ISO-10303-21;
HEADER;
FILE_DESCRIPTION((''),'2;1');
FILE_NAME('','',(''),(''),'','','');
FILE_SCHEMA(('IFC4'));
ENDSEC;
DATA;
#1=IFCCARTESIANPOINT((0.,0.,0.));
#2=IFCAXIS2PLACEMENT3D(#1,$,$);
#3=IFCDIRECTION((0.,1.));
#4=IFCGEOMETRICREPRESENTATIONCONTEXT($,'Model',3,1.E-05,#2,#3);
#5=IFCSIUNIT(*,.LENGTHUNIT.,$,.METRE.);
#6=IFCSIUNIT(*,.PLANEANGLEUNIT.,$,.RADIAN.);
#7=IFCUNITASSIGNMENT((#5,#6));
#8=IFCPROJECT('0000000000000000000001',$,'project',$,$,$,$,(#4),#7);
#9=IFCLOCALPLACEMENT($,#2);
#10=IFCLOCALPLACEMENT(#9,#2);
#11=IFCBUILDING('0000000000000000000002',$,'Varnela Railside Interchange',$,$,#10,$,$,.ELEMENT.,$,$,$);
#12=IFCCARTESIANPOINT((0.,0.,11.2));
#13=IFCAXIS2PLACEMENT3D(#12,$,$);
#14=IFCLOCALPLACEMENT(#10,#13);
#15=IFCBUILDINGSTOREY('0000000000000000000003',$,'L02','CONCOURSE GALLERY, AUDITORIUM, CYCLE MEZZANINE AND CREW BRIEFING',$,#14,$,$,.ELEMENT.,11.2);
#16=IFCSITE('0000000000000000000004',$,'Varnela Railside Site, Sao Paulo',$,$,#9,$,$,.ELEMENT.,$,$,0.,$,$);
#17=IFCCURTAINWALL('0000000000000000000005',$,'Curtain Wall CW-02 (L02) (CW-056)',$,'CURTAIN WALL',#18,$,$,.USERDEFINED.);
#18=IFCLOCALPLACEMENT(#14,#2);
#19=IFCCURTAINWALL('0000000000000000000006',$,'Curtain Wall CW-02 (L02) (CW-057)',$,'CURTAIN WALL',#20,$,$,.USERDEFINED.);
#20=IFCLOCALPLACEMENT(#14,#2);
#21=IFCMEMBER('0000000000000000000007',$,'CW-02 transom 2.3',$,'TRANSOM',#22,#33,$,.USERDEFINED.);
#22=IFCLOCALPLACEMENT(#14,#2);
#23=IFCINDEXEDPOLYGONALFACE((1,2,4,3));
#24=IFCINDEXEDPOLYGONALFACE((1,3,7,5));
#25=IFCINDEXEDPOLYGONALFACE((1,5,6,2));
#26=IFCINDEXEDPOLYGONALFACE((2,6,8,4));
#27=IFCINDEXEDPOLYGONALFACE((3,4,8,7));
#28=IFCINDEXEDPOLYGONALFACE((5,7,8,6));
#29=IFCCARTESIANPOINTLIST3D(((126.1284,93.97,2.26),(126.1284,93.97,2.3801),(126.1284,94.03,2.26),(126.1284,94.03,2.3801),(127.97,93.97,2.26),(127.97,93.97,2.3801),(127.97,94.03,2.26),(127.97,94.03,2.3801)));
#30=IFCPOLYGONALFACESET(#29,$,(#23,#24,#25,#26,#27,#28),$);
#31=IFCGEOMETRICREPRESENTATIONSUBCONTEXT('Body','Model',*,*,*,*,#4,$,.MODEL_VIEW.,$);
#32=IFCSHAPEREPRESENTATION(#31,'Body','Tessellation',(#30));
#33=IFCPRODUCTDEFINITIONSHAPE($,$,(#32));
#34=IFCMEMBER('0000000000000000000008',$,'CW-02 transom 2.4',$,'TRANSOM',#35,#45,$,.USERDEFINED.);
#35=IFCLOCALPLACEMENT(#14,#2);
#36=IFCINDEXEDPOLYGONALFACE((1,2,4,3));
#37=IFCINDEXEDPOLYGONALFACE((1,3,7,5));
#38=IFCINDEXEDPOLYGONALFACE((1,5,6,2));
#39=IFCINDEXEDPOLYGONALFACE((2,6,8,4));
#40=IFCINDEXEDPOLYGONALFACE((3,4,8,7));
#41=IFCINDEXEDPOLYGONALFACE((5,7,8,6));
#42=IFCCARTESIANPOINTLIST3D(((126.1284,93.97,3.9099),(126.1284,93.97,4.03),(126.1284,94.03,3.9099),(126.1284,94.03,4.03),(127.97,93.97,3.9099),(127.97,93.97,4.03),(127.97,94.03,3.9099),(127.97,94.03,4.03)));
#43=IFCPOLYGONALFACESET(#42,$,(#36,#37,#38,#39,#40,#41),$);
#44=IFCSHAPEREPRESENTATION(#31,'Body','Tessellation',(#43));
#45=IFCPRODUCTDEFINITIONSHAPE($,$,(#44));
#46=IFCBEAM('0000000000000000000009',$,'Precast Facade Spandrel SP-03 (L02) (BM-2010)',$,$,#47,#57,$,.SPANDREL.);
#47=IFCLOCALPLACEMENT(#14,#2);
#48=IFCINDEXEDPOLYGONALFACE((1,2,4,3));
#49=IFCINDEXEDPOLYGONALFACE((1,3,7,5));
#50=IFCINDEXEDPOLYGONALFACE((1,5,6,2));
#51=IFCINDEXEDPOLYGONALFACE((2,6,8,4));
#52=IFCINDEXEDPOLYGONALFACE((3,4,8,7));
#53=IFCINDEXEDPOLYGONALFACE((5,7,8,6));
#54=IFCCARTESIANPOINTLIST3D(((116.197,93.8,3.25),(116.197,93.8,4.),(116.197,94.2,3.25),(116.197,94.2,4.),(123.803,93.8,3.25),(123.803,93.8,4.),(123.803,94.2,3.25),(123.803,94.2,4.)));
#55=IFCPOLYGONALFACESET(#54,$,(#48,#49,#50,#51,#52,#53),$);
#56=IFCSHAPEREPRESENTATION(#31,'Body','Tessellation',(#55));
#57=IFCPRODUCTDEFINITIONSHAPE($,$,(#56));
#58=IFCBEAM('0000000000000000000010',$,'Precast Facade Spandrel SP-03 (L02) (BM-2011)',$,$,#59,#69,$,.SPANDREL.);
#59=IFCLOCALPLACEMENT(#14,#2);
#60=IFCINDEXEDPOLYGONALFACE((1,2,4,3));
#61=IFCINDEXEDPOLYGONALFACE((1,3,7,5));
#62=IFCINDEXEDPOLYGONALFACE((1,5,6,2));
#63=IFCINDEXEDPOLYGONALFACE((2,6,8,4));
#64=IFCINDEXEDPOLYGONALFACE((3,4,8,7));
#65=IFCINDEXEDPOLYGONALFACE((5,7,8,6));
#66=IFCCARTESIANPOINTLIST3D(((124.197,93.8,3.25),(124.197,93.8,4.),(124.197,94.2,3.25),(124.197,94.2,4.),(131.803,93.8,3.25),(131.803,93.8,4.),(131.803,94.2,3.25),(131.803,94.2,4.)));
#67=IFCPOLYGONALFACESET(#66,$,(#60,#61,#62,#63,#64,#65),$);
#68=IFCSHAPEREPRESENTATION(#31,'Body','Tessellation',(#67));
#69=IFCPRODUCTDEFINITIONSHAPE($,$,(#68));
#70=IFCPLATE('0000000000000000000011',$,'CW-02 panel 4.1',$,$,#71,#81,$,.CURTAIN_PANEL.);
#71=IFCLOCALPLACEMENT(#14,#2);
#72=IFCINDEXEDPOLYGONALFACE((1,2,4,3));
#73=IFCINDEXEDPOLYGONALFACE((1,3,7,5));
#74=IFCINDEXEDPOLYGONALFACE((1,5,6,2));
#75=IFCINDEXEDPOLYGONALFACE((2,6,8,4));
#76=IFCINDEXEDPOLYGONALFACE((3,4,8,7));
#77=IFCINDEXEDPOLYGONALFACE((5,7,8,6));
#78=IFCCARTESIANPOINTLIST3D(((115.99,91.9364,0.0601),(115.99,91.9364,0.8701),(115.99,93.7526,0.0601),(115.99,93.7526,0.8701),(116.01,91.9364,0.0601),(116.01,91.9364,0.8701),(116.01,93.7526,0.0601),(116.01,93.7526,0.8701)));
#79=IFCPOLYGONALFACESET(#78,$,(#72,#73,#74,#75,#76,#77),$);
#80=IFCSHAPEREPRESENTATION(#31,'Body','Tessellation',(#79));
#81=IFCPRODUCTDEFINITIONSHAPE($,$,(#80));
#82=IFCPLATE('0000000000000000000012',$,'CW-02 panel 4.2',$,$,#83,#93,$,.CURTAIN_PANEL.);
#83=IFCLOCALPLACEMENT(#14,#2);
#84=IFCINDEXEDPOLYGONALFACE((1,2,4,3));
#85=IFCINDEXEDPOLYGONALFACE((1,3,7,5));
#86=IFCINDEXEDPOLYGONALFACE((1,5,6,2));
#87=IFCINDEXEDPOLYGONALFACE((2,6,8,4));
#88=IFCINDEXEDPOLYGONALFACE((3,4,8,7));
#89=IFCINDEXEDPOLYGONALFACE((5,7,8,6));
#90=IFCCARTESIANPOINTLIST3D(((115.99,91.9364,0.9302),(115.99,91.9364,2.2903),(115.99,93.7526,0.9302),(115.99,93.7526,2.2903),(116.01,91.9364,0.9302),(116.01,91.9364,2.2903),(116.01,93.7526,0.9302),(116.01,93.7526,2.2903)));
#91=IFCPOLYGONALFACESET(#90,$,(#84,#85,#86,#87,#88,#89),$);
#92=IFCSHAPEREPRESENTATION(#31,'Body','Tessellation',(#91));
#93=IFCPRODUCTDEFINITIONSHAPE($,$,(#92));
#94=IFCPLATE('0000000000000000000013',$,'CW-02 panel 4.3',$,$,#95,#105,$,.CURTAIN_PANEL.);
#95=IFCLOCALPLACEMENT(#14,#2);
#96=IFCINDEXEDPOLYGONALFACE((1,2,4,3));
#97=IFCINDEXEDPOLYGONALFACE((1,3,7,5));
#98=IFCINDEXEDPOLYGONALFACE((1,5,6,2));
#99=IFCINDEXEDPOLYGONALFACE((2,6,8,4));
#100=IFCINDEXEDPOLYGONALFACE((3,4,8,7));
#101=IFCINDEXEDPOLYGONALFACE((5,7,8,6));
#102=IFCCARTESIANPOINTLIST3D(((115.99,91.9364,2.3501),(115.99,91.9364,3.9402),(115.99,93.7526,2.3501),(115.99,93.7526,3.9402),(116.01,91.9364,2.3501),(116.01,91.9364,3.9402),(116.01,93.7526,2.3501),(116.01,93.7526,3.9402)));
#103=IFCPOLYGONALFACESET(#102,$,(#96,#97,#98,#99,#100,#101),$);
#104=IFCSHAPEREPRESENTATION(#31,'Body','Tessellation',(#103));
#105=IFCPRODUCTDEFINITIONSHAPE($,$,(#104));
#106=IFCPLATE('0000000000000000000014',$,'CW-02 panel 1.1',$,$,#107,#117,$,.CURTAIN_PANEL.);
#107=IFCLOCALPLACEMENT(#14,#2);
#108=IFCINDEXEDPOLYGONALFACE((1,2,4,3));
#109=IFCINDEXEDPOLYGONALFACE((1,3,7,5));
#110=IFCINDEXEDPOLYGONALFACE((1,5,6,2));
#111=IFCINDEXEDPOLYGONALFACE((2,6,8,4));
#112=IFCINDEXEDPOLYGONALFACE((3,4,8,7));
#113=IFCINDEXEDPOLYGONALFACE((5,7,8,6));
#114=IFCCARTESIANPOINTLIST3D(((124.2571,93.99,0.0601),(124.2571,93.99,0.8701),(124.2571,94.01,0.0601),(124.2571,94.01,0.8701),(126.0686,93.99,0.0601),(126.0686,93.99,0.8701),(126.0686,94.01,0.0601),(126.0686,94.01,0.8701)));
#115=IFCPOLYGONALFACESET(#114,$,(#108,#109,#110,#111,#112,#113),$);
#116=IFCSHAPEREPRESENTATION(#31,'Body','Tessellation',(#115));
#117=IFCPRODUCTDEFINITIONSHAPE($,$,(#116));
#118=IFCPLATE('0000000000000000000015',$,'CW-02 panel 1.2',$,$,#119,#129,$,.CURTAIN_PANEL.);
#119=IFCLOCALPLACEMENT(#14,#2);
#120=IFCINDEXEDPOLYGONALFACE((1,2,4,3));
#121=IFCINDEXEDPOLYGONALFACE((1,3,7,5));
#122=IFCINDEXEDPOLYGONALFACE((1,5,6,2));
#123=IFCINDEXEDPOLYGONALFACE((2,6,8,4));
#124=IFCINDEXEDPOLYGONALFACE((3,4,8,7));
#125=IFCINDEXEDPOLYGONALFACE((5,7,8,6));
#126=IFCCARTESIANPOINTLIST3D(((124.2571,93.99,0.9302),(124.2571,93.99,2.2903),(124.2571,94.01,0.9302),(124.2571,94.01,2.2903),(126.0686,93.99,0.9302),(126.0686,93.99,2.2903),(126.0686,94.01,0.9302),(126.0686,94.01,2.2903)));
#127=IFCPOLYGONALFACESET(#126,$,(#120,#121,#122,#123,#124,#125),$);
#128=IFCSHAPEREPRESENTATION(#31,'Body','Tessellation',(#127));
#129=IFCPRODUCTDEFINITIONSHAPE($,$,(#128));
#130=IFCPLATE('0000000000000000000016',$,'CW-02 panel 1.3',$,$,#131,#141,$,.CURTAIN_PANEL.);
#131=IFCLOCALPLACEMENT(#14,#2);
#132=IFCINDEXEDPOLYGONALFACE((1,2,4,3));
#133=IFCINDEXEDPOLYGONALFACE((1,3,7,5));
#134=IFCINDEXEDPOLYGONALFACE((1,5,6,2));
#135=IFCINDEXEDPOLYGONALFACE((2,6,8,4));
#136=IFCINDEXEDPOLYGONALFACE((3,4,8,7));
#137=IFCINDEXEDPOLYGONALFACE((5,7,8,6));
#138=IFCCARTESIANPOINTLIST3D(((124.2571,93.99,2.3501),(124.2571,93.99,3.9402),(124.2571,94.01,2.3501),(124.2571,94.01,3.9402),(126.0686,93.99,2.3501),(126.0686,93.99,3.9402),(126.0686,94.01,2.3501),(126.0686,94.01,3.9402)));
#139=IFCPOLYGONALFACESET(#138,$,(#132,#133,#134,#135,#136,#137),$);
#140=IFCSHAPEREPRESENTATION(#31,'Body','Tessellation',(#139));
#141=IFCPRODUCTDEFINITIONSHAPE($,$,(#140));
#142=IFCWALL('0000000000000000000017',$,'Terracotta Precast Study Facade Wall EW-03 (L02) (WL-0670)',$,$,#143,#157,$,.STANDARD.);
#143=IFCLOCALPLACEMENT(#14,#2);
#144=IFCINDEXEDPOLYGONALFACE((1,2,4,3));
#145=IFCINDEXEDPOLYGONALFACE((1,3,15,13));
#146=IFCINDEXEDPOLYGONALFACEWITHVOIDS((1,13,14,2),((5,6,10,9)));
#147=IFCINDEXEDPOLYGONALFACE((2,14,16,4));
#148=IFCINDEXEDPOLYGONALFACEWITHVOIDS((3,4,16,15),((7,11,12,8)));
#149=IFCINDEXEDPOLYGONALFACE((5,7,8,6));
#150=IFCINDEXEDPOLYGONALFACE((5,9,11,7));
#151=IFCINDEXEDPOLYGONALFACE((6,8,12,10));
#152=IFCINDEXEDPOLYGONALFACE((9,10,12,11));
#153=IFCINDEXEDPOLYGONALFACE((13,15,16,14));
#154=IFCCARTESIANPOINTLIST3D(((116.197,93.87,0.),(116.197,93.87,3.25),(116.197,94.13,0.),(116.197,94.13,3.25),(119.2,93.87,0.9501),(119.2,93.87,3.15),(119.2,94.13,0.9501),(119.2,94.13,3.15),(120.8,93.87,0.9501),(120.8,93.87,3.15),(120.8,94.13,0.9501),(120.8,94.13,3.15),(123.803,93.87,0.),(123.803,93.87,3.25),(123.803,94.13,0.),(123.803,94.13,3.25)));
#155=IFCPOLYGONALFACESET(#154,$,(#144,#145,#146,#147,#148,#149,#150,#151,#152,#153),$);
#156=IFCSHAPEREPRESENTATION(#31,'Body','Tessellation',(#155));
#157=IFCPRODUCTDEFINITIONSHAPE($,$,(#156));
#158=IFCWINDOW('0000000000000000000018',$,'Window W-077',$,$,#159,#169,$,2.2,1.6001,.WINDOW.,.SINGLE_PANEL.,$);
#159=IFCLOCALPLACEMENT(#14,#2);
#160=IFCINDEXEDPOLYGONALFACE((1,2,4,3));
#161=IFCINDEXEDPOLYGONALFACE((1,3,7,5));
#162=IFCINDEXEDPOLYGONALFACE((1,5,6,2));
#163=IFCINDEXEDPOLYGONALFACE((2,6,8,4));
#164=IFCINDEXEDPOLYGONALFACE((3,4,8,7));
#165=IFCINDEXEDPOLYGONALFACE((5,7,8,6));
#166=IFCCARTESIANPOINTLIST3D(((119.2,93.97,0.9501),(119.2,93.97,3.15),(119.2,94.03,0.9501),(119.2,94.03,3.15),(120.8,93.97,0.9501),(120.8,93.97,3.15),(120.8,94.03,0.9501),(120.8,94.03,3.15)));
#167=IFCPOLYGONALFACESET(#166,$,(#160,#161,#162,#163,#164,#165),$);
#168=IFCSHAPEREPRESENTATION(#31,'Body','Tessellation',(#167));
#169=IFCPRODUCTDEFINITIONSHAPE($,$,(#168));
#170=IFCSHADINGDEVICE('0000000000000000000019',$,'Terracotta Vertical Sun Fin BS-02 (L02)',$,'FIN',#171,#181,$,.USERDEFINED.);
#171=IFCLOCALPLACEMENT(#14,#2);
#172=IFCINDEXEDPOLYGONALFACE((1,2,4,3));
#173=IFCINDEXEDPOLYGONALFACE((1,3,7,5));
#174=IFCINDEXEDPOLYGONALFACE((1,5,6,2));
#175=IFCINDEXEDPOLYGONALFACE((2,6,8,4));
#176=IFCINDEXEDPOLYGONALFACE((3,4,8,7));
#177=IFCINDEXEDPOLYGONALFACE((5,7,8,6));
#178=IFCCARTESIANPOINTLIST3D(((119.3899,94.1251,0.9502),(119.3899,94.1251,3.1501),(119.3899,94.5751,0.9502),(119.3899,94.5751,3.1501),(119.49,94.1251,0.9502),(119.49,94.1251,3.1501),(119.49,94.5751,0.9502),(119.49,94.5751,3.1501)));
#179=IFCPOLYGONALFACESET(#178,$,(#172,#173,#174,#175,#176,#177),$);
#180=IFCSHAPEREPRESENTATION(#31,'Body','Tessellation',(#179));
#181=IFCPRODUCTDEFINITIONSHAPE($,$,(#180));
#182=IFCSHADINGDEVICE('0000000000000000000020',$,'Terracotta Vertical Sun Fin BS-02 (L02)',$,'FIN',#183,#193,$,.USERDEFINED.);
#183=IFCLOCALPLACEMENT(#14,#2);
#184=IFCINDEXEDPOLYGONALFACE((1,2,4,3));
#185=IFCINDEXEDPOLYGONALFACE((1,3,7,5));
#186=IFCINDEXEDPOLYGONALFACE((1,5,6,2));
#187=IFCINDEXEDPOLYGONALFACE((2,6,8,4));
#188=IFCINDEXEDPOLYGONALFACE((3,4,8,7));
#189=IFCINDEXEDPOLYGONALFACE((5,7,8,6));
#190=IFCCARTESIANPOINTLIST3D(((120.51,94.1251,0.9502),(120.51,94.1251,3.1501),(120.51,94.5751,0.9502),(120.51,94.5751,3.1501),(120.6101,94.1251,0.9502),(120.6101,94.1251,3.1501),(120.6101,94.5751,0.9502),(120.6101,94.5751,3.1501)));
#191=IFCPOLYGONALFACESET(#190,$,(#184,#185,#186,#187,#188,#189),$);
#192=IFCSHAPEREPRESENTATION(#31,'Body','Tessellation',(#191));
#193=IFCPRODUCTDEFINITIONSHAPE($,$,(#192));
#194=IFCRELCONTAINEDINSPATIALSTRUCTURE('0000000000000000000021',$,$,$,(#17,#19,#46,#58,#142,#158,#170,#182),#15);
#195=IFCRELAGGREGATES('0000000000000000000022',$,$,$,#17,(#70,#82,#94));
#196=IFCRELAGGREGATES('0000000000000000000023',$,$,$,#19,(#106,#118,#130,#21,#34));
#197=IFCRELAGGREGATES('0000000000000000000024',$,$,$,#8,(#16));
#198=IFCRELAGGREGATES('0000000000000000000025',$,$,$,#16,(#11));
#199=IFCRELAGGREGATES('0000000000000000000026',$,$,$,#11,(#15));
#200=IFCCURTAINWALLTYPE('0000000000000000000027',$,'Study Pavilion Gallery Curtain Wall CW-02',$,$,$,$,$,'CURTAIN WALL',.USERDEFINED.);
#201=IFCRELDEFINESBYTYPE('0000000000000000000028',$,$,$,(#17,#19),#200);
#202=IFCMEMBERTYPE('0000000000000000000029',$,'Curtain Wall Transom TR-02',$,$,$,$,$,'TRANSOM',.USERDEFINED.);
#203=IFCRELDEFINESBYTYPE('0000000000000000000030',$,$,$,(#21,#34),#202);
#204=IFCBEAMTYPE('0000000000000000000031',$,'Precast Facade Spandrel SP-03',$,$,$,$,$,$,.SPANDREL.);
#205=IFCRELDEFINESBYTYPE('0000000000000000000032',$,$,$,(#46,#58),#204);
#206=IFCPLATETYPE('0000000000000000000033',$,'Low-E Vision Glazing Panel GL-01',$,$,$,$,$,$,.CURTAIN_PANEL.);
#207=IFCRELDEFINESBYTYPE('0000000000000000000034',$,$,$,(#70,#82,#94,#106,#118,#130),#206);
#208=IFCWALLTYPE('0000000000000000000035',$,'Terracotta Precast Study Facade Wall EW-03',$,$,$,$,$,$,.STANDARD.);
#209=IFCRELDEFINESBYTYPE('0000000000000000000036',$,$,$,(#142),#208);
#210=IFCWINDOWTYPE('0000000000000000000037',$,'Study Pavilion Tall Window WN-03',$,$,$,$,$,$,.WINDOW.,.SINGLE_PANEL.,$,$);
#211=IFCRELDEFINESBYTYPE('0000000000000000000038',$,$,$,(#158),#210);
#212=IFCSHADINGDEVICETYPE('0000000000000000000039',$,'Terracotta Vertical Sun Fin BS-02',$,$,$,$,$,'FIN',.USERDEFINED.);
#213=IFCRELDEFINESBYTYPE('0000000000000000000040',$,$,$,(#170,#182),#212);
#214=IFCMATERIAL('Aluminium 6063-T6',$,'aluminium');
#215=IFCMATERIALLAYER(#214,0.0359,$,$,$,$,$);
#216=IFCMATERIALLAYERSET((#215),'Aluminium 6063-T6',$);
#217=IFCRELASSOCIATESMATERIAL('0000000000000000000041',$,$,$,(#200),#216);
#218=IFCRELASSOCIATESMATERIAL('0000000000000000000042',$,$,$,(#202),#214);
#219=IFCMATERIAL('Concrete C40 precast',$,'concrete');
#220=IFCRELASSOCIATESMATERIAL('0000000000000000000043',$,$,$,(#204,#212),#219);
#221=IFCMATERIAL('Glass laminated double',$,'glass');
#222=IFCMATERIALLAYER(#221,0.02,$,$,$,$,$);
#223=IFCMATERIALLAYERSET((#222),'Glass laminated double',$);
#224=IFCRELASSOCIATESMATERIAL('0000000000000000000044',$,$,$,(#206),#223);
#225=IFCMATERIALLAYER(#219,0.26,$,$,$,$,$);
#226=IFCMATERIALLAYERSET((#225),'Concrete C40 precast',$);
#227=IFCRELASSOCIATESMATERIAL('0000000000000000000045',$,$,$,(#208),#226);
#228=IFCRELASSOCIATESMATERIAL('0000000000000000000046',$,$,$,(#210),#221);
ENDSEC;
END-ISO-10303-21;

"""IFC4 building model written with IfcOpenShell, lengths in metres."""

from ifc_helpers import new_model, si_unit, direction, frame, frame_2d, origin, origin_2d, place, context, subcontext, project, spatial, rectangle, extrude, material, layer, layer_set, material_profile, profile_set, type_object, element, fill, aggregate, save


model = new_model("IFC4")

# Units and contexts
model_context = context("Model", 3, precision=1e-05, world=origin(), true_north=direction((0.0, 1.0)))
body_context = subcontext(model_context, "Body", "Model", "MODEL_VIEW")
ifc_project = project(units=[si_unit("LENGTHUNIT", "METRE"), si_unit("PLANEANGLEUNIT", "RADIAN")], contexts=[model_context])

# Site, building, storey
site_placement = place(None, origin())
site = spatial("IfcSite", under=ifc_project, at=site_placement, Name="Varnela Railside Site, Sao Paulo", CompositionType="ELEMENT", RefElevation=0.0)
building_placement = place(site_placement, origin())
building = spatial("IfcBuilding", under=site, at=building_placement, Name="Varnela Railside Interchange", CompositionType="ELEMENT")
storey_placement = place(building_placement, frame((0.0, 0.0, 11.2)))
storey = spatial("IfcBuildingStorey", under=building, at=storey_placement, Name="L02", Description="CONCOURSE GALLERY, AUDITORIUM, CYCLE MEZZANINE AND CREW BRIEFING", CompositionType="ELEMENT", Elevation=11.2)

# Curtain wall
ifc_material_1 = material(Name="Aluminium 6063-T6", Category="aluminium")
ifc_layer_1 = layer(ifc_material_1, 0.0359)
ifc_layer_set_1 = layer_set([ifc_layer_1], Name="Aluminium 6063-T6")
curtain_wall_type = type_object("IfcCurtainWallType", Name="Study Pavilion Gallery Curtain Wall CW-02", ElementType="CURTAIN WALL", PredefinedType="USERDEFINED", material=ifc_layer_set_1)
curtain_wall_1_placement = place(storey_placement, origin())
curtain_wall_1 = element("IfcCurtainWall", 1, at=curtain_wall_1_placement, inside=storey, type_object=curtain_wall_type, Name="Curtain Wall CW-02 (L02) (CW-056)", ObjectType="CURTAIN WALL", PredefinedType="USERDEFINED")

# Curtain wall
curtain_wall_2_placement = place(storey_placement, origin())
curtain_wall_2 = element("IfcCurtainWall", 2, at=curtain_wall_2_placement, inside=storey, type_object=curtain_wall_type, Name="Curtain Wall CW-02 (L02) (CW-057)", ObjectType="CURTAIN WALL", PredefinedType="USERDEFINED")

# Members
ifc_material_profile_1 = material_profile(ifc_material_1, rectangle(XDim=0.0601, YDim=0.1201, at=origin_2d()), Name="ALU 60x120")
ifc_profile_set_1 = profile_set([ifc_material_profile_1], Name="Aluminium 6063-T6")
member_type_1 = type_object("IfcMemberType", Name="Curtain Wall Transom TR-02", ElementType="TRANSOM", PredefinedType="USERDEFINED", material=ifc_profile_set_1)
member_1_placement = place(storey_placement, frame((126.1284, 94.0, 2.3201), z_axis=(1.0, 0.0, 0.0), x_axis=(0.0, 1.0, 0.0)))
member_1 = element("IfcMember", 3, at=member_1_placement, type_object=member_type_1, Name="CW-02 transom 2.3", ObjectType="TRANSOM", PredefinedType="USERDEFINED", context=body_context, shape_type="SweptSolid", body=[
    extrude(rectangle(XDim=0.0601, YDim=0.1201, at=origin_2d()), origin(), (0.0, 0.0, 1.0), 1.8416),
])
member_2_placement = place(storey_placement, frame((126.1284, 94.0, 3.97), z_axis=(1.0, 0.0, 0.0), x_axis=(0.0, 1.0, 0.0)))
member_2 = element("IfcMember", 4, at=member_2_placement, type_object=member_type_1, Name="CW-02 transom 2.4", ObjectType="TRANSOM", PredefinedType="USERDEFINED", context=body_context, shape_type="SweptSolid", body=[
    extrude(rectangle(XDim=0.0601, YDim=0.1201, at=origin_2d()), origin(), (0.0, 0.0, 1.0), 1.8416),
])

# Beams
ifc_material_2 = material(Name="Concrete C40 precast", Category="concrete")
ifc_material_profile_2 = material_profile(ifc_material_2, rectangle(XDim=0.3999, YDim=0.75, at=origin_2d()), Name="PC 400x750")
ifc_profile_set_2 = profile_set([ifc_material_profile_2], Name="Concrete C40 precast")
beam_type = type_object("IfcBeamType", Name="Precast Facade Spandrel SP-03", PredefinedType="SPANDREL", material=ifc_profile_set_2)
for number, where, z_axis, x_axis, name in (
    (5, (116.197, 94.0, 3.625), (1.0, 0.0, 0.0), (0.0, 1.0, 0.0), "Precast Facade Spandrel SP-03 (L02) (BM-2010)"),
    (6, (124.197, 94.0, 3.625), (1.0, 0.0, 0.0), (0.0, 1.0, 0.0), "Precast Facade Spandrel SP-03 (L02) (BM-2011)"),
):
    element("IfcBeam", number, at=place(storey_placement, frame(where, z_axis=z_axis, x_axis=x_axis)), inside=storey, type_object=beam_type, Name=name, PredefinedType="SPANDREL", context=body_context, shape_type="SweptSolid", body=[
        extrude(rectangle(XDim=0.3999, YDim=0.75, at=origin_2d()), origin(), (0.0, 0.0, 1.0), 7.606),
    ])

# Plates
ifc_material_3 = material(Name="Glass laminated double", Category="glass")
ifc_layer_2 = layer(ifc_material_3, 0.02)
ifc_layer_set_2 = layer_set([ifc_layer_2], Name="Glass laminated double")
plate_type = type_object("IfcPlateType", Name="Low-E Vision Glazing Panel GL-01", PredefinedType="CURTAIN_PANEL", material=ifc_layer_set_2)
plate_1_placement = place(storey_placement, frame((116.0, 92.8445, 0.0601), z_axis=(0.0, 0.0, 1.0), x_axis=(0.0, 1.0, 0.0)))
plate_1 = element("IfcPlate", 7, at=plate_1_placement, type_object=plate_type, Name="CW-02 panel 4.1", PredefinedType="CURTAIN_PANEL", context=body_context, shape_type="SweptSolid", body=[
    extrude(rectangle(XDim=1.8162, YDim=0.02, at=origin_2d()), origin(), (0.0, 0.0, 1.0), 0.8101),
])
plate_2_placement = place(storey_placement, frame((116.0, 92.8445, 0.9302), z_axis=(0.0, 0.0, 1.0), x_axis=(0.0, 1.0, 0.0)))
plate_2 = element("IfcPlate", 8, at=plate_2_placement, type_object=plate_type, Name="CW-02 panel 4.2", PredefinedType="CURTAIN_PANEL", context=body_context, shape_type="SweptSolid", body=[
    extrude(rectangle(XDim=1.8162, YDim=0.02, at=origin_2d()), origin(), (0.0, 0.0, 1.0), 1.3601),
])
plate_3_placement = place(storey_placement, frame((116.0, 92.8445, 2.3501), z_axis=(0.0, 0.0, 1.0), x_axis=(0.0, 1.0, 0.0)))
plate_3 = element("IfcPlate", 9, at=plate_3_placement, type_object=plate_type, Name="CW-02 panel 4.3", PredefinedType="CURTAIN_PANEL", context=body_context, shape_type="SweptSolid", body=[
    extrude(rectangle(XDim=1.8162, YDim=0.02, at=origin_2d()), origin(), (0.0, 0.0, 1.0), 1.5901),
])
aggregate(curtain_wall_1, [plate_1, plate_2, plate_3])
plate_4_placement = place(storey_placement, frame((125.1628, 94.0, 0.0601), z_axis=(0.0, 0.0, 1.0), x_axis=(1.0, 0.0, 0.0)))
plate_4 = element("IfcPlate", 10, at=plate_4_placement, type_object=plate_type, Name="CW-02 panel 1.1", PredefinedType="CURTAIN_PANEL", context=body_context, shape_type="SweptSolid", body=[
    extrude(rectangle(XDim=1.8115, YDim=0.02, at=origin_2d()), origin(), (0.0, 0.0, 1.0), 0.8101),
])
plate_5_placement = place(storey_placement, frame((125.1628, 94.0, 0.9302), z_axis=(0.0, 0.0, 1.0), x_axis=(1.0, 0.0, 0.0)))
plate_5 = element("IfcPlate", 11, at=plate_5_placement, type_object=plate_type, Name="CW-02 panel 1.2", PredefinedType="CURTAIN_PANEL", context=body_context, shape_type="SweptSolid", body=[
    extrude(rectangle(XDim=1.8115, YDim=0.02, at=origin_2d()), origin(), (0.0, 0.0, 1.0), 1.3601),
])
plate_6_placement = place(storey_placement, frame((125.1628, 94.0, 2.3501), z_axis=(0.0, 0.0, 1.0), x_axis=(1.0, 0.0, 0.0)))
plate_6 = element("IfcPlate", 12, at=plate_6_placement, type_object=plate_type, Name="CW-02 panel 1.3", PredefinedType="CURTAIN_PANEL", context=body_context, shape_type="SweptSolid", body=[
    extrude(rectangle(XDim=1.8115, YDim=0.02, at=origin_2d()), origin(), (0.0, 0.0, 1.0), 1.5901),
])
aggregate(curtain_wall_2, [plate_4, plate_5, plate_6, member_1, member_2])

# Wall, opening, window
ifc_layer_3 = layer(ifc_material_2, 0.26)
ifc_layer_set_3 = layer_set([ifc_layer_3], Name="Concrete C40 precast")
wall_type = type_object("IfcWallType", Name="Terracotta Precast Study Facade Wall EW-03", PredefinedType="STANDARD", material=ifc_layer_set_3)
wall_placement = place(storey_placement, frame((116.197, 94.0, 0.0), z_axis=(0.0, 0.0, 1.0), x_axis=(1.0, 0.0, 0.0)))
wall = element("IfcWall", 13, at=wall_placement, inside=storey, type_object=wall_type, Name="Terracotta Precast Study Facade Wall EW-03 (L02) (WL-0670)", PredefinedType="STANDARD", context=body_context, shape_type="SweptSolid", body=[
    extrude(rectangle(XDim=7.606, YDim=0.26, at=frame_2d((3.803, 0.0))), origin(), (0.0, 0.0, 1.0), 3.25),
])
opening_placement = place(wall_placement, frame((3.0029, 0.0, 0.95)))
opening = element("IfcOpeningElement", 14, at=opening_placement, cuts=wall, PredefinedType="OPENING", context=body_context, shape_type="SweptSolid", body=[
    extrude(rectangle(XDim=1.6001, YDim=2.2, at=frame_2d((0.8, 1.1001))), frame((0.0, 0.1399, 0.0), z_axis=(0.0, -1.0, 0.0), x_axis=(1.0, 0.0, 0.0)), (0.0, 0.0, 1.0), 0.28),
])
window_type = type_object("IfcWindowType", Name="Study Pavilion Tall Window WN-03", PartitioningType="SINGLE_PANEL", PredefinedType="WINDOW", material=ifc_material_3)
window_placement = place(opening_placement, origin())
window = element("IfcWindow", 15, at=window_placement, inside=storey, type_object=window_type, Name="Window W-077", OverallHeight=2.2, OverallWidth=1.6001, PartitioningType="SINGLE_PANEL", PredefinedType="WINDOW", context=body_context, shape_type="SweptSolid", body=[
    extrude(rectangle(XDim=1.6001, YDim=2.2, at=frame_2d((0.8, 1.1001))), frame((0.0, 0.03, 0.0), z_axis=(0.0, -1.0, 0.0), x_axis=(1.0, 0.0, 0.0)), (0.0, 0.0, 1.0), 0.0601),
])
fill(opening, window)

# Shading devices
shading_device_type = type_object("IfcShadingDeviceType", Name="Terracotta Vertical Sun Fin BS-02", ElementType="FIN", PredefinedType="USERDEFINED", material=ifc_material_2)
for number, where, z_axis, x_axis, name in (
    (16, (119.4399, 94.3501, 0.9502), (0.0, 0.0, 1.0), (0.0, 1.0, 0.0), "Terracotta Vertical Sun Fin BS-02 (L02)"),
    (17, (120.5601, 94.3501, 0.9502), (0.0, 0.0, 1.0), (0.0, 1.0, 0.0), "Terracotta Vertical Sun Fin BS-02 (L02)"),
):
    element("IfcShadingDevice", number, at=place(storey_placement, frame(where, z_axis=z_axis, x_axis=x_axis)), inside=storey, type_object=shading_device_type, Name=name, ObjectType="FIN", PredefinedType="USERDEFINED", context=body_context, shape_type="SweptSolid", body=[
        extrude(rectangle(XDim=0.45, YDim=0.1001, at=origin_2d()), origin(), (0.0, 0.0, 1.0), 2.2),
    ])

save(model, "model.ifc")
